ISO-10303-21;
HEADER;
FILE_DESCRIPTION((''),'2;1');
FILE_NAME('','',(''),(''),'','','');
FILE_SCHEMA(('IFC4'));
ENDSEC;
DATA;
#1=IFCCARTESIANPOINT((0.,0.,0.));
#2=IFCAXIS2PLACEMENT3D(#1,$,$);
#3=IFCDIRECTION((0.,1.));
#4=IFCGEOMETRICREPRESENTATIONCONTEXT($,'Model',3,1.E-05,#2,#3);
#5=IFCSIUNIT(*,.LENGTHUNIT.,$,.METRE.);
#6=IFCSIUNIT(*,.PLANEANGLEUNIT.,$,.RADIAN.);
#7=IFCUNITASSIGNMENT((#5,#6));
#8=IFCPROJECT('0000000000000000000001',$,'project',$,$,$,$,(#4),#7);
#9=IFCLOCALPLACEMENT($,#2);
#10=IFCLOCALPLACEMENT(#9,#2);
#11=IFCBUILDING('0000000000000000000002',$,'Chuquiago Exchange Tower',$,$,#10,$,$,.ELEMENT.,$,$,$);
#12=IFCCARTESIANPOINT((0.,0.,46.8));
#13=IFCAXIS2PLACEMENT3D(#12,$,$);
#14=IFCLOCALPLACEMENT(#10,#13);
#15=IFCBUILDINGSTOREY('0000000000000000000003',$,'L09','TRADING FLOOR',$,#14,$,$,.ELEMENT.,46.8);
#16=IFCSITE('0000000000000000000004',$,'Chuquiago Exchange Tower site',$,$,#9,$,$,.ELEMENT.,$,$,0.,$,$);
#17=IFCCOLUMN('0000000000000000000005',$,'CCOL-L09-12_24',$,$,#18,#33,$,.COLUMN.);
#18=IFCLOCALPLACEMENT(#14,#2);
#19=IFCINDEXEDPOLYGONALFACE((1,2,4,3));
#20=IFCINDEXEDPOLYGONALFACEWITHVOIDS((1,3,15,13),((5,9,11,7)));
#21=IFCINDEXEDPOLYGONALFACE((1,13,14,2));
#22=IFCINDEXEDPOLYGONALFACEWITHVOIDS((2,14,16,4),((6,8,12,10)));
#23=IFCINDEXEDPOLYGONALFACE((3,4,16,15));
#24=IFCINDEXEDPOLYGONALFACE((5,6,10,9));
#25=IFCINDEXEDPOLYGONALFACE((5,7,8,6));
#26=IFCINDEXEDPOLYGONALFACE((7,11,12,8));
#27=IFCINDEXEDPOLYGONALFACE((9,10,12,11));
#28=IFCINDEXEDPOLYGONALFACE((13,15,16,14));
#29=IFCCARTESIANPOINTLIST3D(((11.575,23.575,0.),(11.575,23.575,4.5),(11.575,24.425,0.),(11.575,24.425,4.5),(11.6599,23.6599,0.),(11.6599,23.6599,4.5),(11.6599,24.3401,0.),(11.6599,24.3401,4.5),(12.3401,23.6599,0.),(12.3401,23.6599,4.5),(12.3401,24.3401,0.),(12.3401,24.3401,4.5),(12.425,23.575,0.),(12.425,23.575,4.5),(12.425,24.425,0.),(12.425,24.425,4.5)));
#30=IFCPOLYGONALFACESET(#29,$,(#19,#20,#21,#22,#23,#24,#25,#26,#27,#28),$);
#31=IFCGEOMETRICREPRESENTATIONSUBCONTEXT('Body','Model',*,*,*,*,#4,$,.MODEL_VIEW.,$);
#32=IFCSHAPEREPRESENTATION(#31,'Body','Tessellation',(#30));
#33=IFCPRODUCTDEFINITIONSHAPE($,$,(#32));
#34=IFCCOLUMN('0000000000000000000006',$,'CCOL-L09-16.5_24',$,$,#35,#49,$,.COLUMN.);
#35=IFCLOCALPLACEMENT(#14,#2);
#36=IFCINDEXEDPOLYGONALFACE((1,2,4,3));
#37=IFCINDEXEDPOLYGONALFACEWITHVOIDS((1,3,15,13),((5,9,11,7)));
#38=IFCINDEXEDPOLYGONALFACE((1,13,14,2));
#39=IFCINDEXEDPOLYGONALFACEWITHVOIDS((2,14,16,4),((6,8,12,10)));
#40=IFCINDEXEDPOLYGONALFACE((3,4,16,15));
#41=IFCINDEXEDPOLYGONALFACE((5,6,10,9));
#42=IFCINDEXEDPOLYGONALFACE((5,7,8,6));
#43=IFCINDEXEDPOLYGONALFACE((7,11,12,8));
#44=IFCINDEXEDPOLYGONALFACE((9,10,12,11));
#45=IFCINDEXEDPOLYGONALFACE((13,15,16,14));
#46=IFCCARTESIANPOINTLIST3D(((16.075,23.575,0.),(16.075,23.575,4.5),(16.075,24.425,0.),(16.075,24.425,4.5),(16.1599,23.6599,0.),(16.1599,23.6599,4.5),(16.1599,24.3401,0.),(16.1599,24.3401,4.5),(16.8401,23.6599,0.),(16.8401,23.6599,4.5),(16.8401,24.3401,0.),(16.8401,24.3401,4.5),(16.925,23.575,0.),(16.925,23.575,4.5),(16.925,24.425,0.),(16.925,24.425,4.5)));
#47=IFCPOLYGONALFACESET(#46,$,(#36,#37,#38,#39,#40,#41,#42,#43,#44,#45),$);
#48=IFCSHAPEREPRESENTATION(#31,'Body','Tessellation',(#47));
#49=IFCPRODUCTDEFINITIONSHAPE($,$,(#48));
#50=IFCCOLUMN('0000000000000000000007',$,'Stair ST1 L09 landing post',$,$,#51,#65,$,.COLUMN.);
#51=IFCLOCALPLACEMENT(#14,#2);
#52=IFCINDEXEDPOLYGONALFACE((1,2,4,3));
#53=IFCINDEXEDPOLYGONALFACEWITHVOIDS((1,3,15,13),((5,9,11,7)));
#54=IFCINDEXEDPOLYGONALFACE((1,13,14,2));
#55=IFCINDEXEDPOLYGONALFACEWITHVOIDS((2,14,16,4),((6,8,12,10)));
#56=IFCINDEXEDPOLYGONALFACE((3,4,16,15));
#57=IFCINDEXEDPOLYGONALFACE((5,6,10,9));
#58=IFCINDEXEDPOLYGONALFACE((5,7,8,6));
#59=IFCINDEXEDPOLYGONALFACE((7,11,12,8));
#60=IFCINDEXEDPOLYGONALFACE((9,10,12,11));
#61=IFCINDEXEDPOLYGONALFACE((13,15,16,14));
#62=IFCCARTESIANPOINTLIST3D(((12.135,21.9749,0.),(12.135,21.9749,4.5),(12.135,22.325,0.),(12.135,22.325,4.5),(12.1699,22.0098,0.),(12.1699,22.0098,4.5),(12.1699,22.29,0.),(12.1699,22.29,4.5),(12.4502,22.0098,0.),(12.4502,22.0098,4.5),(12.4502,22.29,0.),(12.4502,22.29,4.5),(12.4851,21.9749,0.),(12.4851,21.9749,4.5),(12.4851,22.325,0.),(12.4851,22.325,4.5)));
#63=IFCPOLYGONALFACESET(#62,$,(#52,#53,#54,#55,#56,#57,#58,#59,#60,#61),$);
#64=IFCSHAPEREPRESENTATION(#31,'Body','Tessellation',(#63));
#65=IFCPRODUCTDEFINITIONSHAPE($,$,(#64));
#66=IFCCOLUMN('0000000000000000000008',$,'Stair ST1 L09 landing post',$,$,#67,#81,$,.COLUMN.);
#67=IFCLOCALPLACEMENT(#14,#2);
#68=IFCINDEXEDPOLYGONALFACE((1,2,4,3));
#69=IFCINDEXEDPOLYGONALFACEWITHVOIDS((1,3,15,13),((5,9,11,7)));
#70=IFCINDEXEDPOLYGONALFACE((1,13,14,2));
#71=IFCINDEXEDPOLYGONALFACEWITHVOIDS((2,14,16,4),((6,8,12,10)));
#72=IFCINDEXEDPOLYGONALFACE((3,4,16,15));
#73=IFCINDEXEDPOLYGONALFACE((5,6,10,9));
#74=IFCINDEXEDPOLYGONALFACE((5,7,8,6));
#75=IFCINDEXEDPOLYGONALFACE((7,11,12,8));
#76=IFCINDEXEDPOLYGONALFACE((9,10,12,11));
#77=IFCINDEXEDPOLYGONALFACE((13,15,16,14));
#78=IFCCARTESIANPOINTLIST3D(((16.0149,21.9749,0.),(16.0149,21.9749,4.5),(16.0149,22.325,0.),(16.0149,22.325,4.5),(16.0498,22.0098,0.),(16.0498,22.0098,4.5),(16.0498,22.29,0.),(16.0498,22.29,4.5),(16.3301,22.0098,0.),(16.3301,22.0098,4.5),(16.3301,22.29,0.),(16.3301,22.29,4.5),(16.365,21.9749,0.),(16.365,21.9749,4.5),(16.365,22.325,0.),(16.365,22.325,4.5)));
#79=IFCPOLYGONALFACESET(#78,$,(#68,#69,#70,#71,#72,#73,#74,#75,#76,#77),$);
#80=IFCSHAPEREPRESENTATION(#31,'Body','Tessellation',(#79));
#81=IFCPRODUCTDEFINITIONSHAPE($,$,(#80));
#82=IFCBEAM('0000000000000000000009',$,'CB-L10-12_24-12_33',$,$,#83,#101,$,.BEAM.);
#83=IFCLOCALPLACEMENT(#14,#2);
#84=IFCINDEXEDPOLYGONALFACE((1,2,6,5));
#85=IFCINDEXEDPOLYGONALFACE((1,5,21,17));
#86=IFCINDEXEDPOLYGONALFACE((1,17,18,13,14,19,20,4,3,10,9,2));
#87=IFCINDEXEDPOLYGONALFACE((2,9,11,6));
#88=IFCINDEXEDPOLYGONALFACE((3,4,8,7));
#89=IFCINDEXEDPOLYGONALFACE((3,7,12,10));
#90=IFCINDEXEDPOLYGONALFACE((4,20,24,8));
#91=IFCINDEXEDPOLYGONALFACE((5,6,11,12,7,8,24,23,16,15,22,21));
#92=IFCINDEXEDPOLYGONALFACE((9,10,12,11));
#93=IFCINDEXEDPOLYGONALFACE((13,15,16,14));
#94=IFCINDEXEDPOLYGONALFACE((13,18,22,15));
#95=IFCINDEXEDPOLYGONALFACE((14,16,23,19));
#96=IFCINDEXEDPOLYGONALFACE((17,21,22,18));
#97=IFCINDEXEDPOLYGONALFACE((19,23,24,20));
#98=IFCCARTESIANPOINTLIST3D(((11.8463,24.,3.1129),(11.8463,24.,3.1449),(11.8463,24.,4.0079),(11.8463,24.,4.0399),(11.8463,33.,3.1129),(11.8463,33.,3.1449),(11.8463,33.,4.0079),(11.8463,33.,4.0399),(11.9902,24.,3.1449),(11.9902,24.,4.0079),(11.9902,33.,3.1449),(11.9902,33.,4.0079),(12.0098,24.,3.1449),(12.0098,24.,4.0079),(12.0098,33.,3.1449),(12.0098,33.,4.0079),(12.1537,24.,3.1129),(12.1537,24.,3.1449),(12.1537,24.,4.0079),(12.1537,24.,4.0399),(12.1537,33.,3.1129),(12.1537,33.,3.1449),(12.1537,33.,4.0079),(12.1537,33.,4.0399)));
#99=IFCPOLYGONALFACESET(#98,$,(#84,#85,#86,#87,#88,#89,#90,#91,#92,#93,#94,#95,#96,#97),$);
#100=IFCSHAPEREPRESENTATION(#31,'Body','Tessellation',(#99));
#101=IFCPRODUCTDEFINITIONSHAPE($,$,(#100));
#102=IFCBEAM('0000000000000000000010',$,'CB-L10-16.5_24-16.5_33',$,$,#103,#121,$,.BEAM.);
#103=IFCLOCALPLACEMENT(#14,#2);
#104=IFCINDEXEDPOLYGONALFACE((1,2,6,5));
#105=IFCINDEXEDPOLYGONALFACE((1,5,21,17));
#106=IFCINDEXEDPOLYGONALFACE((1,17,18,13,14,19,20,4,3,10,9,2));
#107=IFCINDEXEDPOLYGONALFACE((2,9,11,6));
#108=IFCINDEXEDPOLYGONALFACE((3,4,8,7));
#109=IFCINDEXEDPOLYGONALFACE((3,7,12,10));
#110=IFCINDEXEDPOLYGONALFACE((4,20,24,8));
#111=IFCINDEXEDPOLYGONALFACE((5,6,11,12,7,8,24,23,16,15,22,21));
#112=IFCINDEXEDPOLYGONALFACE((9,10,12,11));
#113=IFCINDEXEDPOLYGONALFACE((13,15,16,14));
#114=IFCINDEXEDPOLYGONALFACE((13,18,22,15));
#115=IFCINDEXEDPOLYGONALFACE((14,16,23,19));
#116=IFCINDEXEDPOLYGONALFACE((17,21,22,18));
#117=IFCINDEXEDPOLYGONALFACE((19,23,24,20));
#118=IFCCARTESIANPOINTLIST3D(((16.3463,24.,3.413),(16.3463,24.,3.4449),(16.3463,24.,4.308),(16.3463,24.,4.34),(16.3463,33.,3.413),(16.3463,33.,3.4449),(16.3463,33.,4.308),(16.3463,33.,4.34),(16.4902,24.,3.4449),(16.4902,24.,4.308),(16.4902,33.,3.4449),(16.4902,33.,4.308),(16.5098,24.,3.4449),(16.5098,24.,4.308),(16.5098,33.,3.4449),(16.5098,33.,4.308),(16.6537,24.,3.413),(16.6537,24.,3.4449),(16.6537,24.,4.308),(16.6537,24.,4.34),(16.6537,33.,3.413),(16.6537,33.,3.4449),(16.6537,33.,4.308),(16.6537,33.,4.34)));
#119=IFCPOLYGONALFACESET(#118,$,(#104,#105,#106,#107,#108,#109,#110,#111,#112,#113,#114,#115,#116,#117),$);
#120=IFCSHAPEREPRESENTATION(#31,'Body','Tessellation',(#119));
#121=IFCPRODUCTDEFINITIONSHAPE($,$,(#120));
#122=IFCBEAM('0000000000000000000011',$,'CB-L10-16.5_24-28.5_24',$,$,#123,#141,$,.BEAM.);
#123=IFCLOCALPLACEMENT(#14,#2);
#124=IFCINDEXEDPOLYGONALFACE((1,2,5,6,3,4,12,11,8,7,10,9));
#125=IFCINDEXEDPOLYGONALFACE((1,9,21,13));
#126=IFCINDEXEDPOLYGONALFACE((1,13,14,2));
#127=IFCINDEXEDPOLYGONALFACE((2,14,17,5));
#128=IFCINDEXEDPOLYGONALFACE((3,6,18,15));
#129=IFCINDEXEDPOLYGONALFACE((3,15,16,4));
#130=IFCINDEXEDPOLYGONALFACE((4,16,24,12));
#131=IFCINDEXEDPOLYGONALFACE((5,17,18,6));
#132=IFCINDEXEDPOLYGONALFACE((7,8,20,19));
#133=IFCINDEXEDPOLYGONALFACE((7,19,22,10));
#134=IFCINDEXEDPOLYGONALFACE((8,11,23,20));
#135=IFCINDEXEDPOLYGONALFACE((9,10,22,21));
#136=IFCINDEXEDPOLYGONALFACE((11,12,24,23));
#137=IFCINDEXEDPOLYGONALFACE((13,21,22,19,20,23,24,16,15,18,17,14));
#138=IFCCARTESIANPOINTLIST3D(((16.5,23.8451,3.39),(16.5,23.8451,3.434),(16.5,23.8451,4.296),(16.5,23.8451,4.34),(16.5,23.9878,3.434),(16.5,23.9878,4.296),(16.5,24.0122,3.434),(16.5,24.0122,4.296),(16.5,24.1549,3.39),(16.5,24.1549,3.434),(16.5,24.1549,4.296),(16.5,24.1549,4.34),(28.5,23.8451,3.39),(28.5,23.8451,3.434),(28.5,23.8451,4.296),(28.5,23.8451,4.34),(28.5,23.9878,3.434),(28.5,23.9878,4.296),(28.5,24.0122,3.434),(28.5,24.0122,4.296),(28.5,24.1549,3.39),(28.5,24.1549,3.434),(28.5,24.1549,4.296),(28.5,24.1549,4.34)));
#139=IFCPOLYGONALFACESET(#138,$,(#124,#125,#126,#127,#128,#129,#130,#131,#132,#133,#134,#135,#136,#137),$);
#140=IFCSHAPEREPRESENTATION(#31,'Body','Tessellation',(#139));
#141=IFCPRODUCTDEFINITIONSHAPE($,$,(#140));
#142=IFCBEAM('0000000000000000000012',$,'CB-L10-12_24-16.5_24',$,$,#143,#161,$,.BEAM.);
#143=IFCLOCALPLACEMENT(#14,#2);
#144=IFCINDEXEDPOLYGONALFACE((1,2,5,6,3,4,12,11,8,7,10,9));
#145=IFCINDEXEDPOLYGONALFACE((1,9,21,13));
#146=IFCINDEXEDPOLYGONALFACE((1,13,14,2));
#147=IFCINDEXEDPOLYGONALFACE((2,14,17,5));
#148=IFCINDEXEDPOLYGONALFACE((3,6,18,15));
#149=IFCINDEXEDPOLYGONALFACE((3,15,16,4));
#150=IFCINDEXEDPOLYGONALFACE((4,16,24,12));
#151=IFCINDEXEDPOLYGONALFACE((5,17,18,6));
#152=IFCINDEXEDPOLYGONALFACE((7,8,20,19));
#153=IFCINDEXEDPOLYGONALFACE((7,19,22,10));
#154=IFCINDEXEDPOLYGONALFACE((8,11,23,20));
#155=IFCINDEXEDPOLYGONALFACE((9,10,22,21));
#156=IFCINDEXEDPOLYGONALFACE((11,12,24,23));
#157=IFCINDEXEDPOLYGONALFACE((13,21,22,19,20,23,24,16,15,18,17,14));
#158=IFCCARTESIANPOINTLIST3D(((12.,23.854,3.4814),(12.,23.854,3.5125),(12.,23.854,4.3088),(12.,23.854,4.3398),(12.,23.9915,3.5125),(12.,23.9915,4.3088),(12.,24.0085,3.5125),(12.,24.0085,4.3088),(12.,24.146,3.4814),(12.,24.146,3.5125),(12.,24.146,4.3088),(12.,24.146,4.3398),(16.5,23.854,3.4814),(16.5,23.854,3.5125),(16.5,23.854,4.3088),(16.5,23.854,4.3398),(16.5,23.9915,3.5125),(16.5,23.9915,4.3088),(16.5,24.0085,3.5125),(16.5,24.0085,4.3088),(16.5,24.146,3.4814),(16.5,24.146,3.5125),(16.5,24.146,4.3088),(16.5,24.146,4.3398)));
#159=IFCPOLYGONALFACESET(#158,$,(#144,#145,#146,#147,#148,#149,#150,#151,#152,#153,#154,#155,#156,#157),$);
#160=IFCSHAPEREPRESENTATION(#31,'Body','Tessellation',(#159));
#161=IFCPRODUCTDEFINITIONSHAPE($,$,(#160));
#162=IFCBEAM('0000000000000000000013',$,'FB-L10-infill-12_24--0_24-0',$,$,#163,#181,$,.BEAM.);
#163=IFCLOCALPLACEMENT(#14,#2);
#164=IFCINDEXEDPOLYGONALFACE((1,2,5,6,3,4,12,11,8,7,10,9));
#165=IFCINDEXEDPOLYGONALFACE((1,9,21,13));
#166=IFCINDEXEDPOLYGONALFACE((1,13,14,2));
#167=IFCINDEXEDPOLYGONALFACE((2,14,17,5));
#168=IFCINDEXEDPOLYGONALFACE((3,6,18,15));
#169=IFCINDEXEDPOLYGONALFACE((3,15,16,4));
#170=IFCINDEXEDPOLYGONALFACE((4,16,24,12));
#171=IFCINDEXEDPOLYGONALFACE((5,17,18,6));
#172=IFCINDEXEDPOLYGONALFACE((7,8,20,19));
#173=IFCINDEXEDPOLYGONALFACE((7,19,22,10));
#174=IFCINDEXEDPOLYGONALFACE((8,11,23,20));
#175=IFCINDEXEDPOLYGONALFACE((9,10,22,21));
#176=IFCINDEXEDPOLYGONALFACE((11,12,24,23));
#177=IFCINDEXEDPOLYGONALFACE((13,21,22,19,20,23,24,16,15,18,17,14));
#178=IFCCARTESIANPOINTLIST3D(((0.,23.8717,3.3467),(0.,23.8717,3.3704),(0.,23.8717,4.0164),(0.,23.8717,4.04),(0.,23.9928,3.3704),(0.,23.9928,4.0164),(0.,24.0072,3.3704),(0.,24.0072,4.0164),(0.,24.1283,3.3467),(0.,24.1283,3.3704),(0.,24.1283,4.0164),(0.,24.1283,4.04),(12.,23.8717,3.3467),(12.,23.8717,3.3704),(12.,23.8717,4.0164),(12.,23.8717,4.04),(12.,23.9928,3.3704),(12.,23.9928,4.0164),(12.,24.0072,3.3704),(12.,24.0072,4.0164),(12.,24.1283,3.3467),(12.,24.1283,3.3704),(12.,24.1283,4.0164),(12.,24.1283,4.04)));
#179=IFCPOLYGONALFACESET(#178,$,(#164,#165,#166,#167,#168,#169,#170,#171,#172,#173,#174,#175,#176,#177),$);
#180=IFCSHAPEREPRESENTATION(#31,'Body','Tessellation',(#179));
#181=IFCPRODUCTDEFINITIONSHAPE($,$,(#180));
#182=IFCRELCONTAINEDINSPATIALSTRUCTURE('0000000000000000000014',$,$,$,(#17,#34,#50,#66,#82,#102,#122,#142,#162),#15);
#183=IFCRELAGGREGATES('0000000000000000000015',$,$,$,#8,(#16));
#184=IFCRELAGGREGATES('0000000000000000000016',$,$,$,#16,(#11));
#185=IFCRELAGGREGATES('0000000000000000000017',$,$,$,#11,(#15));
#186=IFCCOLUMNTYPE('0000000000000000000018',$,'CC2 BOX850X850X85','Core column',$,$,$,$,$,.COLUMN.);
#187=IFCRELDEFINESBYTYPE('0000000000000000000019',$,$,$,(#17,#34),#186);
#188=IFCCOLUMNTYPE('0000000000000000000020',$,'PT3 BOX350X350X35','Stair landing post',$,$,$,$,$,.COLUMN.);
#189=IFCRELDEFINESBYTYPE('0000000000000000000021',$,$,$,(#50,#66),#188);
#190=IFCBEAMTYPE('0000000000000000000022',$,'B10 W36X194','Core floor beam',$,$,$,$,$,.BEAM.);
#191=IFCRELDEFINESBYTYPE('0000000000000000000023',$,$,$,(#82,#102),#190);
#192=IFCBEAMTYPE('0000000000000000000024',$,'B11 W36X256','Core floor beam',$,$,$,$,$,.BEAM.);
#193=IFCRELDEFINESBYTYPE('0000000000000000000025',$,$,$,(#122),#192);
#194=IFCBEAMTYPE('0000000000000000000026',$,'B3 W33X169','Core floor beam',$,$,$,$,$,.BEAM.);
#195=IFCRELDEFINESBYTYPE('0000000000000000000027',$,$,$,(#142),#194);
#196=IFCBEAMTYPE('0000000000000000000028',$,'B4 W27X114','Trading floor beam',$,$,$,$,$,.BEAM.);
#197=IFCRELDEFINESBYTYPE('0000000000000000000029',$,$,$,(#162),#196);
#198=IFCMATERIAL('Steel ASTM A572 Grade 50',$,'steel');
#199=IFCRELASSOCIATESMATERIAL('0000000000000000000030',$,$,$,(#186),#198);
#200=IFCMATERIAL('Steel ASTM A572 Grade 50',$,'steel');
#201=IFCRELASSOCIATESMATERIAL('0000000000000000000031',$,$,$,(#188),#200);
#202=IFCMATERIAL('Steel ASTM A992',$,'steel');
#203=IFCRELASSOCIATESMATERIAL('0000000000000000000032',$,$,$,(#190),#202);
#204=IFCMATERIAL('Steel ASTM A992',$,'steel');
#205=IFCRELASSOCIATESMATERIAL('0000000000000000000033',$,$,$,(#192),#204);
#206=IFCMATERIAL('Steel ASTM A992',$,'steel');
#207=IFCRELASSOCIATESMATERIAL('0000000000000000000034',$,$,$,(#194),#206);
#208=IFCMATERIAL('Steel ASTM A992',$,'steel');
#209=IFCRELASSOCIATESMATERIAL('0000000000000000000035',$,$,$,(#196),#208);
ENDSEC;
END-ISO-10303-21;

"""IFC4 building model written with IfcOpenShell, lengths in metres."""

from ifc_helpers import new_model, si_unit, direction, frame, origin, origin_2d, place, context, subcontext, project, spatial, hollow_rectangle, i_section, extrude, material, material_profile, profile_set, type_object, element, save


model = new_model("IFC4")

# Units and contexts
model_context = context("Model", 3, precision=1e-05, world=origin(), true_north=direction((0.0, 1.0)))
body_context = subcontext(model_context, "Body", "Model", "MODEL_VIEW")
ifc_project = project(units=[si_unit("LENGTHUNIT", "METRE"), si_unit("PLANEANGLEUNIT", "RADIAN")], contexts=[model_context])

# Site, building, storey
site_placement = place(None, origin())
site = spatial("IfcSite", under=ifc_project, at=site_placement, Name="Chuquiago Exchange Tower site", CompositionType="ELEMENT", RefElevation=0.0)
building_placement = place(site_placement, origin())
building = spatial("IfcBuilding", under=site, at=building_placement, Name="Chuquiago Exchange Tower", CompositionType="ELEMENT")
storey_placement = place(building_placement, frame((0.0, 0.0, 46.8)))
storey = spatial("IfcBuildingStorey", under=building, at=storey_placement, Name="L09", Description="TRADING FLOOR", CompositionType="ELEMENT", Elevation=46.8)

# Columns
ifc_material_1 = material(Name="Steel ASTM A572 Grade 50", Category="steel")
ifc_material_profile_1 = material_profile(ifc_material_1, hollow_rectangle(XDim=0.8501, YDim=0.8501, WallThickness=0.085, at=origin_2d()), Name="BOX850X850X85")
ifc_profile_set_1 = profile_set([ifc_material_profile_1], Name="Steel ASTM A572 Grade 50")
column_type_1 = type_object("IfcColumnType", Name="CC2 BOX850X850X85", Description="Core column", PredefinedType="COLUMN", material=ifc_profile_set_1)
for number, where, z_axis, x_axis, name in (
    (1, (12.0, 24.0, 0.0), (0.0, 0.0, 1.0), (1.0, 0.0, 0.0), "CCOL-L09-12_24"),
    (2, (16.5, 24.0, 0.0), (0.0, 0.0, 1.0), (1.0, 0.0, 0.0), "CCOL-L09-16.5_24"),
):
    element("IfcColumn", number, at=place(storey_placement, frame(where, z_axis=z_axis, x_axis=x_axis)), inside=storey, type_object=column_type_1, Name=name, PredefinedType="COLUMN", context=body_context, shape_type="SweptSolid", body=[
        extrude(hollow_rectangle(XDim=0.8501, YDim=0.8501, WallThickness=0.085, at=origin_2d()), origin(), (0.0, 0.0, 1.0), 4.5),
    ])
ifc_material_2 = material(Name="Steel ASTM A572 Grade 50", Category="steel")
ifc_material_profile_2 = material_profile(ifc_material_2, hollow_rectangle(XDim=0.3501, YDim=0.3501, WallThickness=0.0349, at=origin_2d()), Name="BOX350X350X35")
ifc_profile_set_2 = profile_set([ifc_material_profile_2], Name="Steel ASTM A572 Grade 50")
column_type_2 = type_object("IfcColumnType", Name="PT3 BOX350X350X35", Description="Stair landing post", PredefinedType="COLUMN", material=ifc_profile_set_2)
for number, where, z_axis, x_axis, name in (
    (3, (12.3101, 22.1499, 0.0), (0.0, 0.0, 1.0), (1.0, 0.0, 0.0), "Stair ST1 L09 landing post"),
    (4, (16.1899, 22.1499, 0.0), (0.0, 0.0, 1.0), (1.0, 0.0, 0.0), "Stair ST1 L09 landing post"),
):
    element("IfcColumn", number, at=place(storey_placement, frame(where, z_axis=z_axis, x_axis=x_axis)), inside=storey, type_object=column_type_2, Name=name, PredefinedType="COLUMN", context=body_context, shape_type="SweptSolid", body=[
        extrude(hollow_rectangle(XDim=0.3501, YDim=0.3501, WallThickness=0.0349, at=origin_2d()), origin(), (0.0, 0.0, 1.0), 4.5),
    ])

# Beams
ifc_material_3 = material(Name="Steel ASTM A992", Category="steel")
ifc_material_profile_3 = material_profile(ifc_material_3, i_section(OverallWidth=0.3074, OverallDepth=0.927, WebThickness=0.0195, FlangeThickness=0.032, at=origin_2d()), Name="W36X194")
ifc_profile_set_3 = profile_set([ifc_material_profile_3], Name="Steel ASTM A992")
beam_type_1 = type_object("IfcBeamType", Name="B10 W36X194", Description="Core floor beam", PredefinedType="BEAM", material=ifc_profile_set_3)
for number, where, z_axis, x_axis, name in (
    (5, (12.0, 24.0, 3.5764), (0.0, 1.0, 0.0), (-1.0, 0.0, 0.0), "CB-L10-12_24-12_33"),
    (6, (16.5, 24.0, 3.8765), (0.0, 1.0, 0.0), (-1.0, 0.0, 0.0), "CB-L10-16.5_24-16.5_33"),
):
    element("IfcBeam", number, at=place(storey_placement, frame(where, z_axis=z_axis, x_axis=x_axis)), inside=storey, type_object=beam_type_1, Name=name, PredefinedType="BEAM", context=body_context, shape_type="SweptSolid", body=[
        extrude(i_section(OverallWidth=0.3074, OverallDepth=0.927, WebThickness=0.0195, FlangeThickness=0.032, at=origin_2d()), origin(), (0.0, 0.0, 1.0), 9.0),
    ])
ifc_material_4 = material(Name="Steel ASTM A992", Category="steel")
ifc_material_profile_4 = material_profile(ifc_material_4, i_section(OverallWidth=0.3098, OverallDepth=0.95, WebThickness=0.0244, FlangeThickness=0.0439, at=origin_2d()), Name="W36X256")
ifc_profile_set_4 = profile_set([ifc_material_profile_4], Name="Steel ASTM A992")
beam_type_2 = type_object("IfcBeamType", Name="B11 W36X256", Description="Core floor beam", PredefinedType="BEAM", material=ifc_profile_set_4)
beam_1_placement = place(storey_placement, frame((16.5, 24.0, 3.865), z_axis=(1.0, 0.0, 0.0), x_axis=(0.0, 1.0, 0.0)))
element("IfcBeam", 7, at=beam_1_placement, inside=storey, type_object=beam_type_2, Name="CB-L10-16.5_24-28.5_24", PredefinedType="BEAM", context=body_context, shape_type="SweptSolid", body=[
    extrude(i_section(OverallWidth=0.3098, OverallDepth=0.95, WebThickness=0.0244, FlangeThickness=0.0439, at=origin_2d()), origin(), (0.0, 0.0, 1.0), 12.0),
])
ifc_material_5 = material(Name="Steel ASTM A992", Category="steel")
ifc_material_profile_5 = material_profile(ifc_material_5, i_section(OverallWidth=0.292, OverallDepth=0.8584, WebThickness=0.0171, FlangeThickness=0.031, at=origin_2d()), Name="W33X169")
ifc_profile_set_5 = profile_set([ifc_material_profile_5], Name="Steel ASTM A992")
beam_type_3 = type_object("IfcBeamType", Name="B3 W33X169", Description="Core floor beam", PredefinedType="BEAM", material=ifc_profile_set_5)
beam_2_placement = place(storey_placement, frame((12.0, 24.0, 3.9106), z_axis=(1.0, 0.0, 0.0), x_axis=(0.0, 1.0, 0.0)))
element("IfcBeam", 8, at=beam_2_placement, inside=storey, type_object=beam_type_3, Name="CB-L10-12_24-16.5_24", PredefinedType="BEAM", context=body_context, shape_type="SweptSolid", body=[
    extrude(i_section(OverallWidth=0.292, OverallDepth=0.8584, WebThickness=0.0171, FlangeThickness=0.031, at=origin_2d()), origin(), (0.0, 0.0, 1.0), 4.5),
])
ifc_material_6 = material(Name="Steel ASTM A992", Category="steel")
ifc_material_profile_6 = material_profile(ifc_material_6, i_section(OverallWidth=0.2566, OverallDepth=0.6934, WebThickness=0.0144, FlangeThickness=0.0237, at=origin_2d()), Name="W27X114")
ifc_profile_set_6 = profile_set([ifc_material_profile_6], Name="Steel ASTM A992")
beam_type_4 = type_object("IfcBeamType", Name="B4 W27X114", Description="Trading floor beam", PredefinedType="BEAM", material=ifc_profile_set_6)
for number, where, z_axis, x_axis, name in (
    (9, (12.0, 24.0, 3.6934), (-1.0, 0.0, 0.0), (0.0, -1.0, 0.0), "FB-L10-infill-12_24--0_24-0"),
):
    element("IfcBeam", number, at=place(storey_placement, frame(where, z_axis=z_axis, x_axis=x_axis)), inside=storey, type_object=beam_type_4, Name=name, PredefinedType="BEAM", context=body_context, shape_type="SweptSolid", body=[
        extrude(i_section(OverallWidth=0.2566, OverallDepth=0.6934, WebThickness=0.0144, FlangeThickness=0.0237, at=origin_2d()), origin(), (0.0, 0.0, 1.0), 12.0),
    ])

save(model, "model.ifc")
